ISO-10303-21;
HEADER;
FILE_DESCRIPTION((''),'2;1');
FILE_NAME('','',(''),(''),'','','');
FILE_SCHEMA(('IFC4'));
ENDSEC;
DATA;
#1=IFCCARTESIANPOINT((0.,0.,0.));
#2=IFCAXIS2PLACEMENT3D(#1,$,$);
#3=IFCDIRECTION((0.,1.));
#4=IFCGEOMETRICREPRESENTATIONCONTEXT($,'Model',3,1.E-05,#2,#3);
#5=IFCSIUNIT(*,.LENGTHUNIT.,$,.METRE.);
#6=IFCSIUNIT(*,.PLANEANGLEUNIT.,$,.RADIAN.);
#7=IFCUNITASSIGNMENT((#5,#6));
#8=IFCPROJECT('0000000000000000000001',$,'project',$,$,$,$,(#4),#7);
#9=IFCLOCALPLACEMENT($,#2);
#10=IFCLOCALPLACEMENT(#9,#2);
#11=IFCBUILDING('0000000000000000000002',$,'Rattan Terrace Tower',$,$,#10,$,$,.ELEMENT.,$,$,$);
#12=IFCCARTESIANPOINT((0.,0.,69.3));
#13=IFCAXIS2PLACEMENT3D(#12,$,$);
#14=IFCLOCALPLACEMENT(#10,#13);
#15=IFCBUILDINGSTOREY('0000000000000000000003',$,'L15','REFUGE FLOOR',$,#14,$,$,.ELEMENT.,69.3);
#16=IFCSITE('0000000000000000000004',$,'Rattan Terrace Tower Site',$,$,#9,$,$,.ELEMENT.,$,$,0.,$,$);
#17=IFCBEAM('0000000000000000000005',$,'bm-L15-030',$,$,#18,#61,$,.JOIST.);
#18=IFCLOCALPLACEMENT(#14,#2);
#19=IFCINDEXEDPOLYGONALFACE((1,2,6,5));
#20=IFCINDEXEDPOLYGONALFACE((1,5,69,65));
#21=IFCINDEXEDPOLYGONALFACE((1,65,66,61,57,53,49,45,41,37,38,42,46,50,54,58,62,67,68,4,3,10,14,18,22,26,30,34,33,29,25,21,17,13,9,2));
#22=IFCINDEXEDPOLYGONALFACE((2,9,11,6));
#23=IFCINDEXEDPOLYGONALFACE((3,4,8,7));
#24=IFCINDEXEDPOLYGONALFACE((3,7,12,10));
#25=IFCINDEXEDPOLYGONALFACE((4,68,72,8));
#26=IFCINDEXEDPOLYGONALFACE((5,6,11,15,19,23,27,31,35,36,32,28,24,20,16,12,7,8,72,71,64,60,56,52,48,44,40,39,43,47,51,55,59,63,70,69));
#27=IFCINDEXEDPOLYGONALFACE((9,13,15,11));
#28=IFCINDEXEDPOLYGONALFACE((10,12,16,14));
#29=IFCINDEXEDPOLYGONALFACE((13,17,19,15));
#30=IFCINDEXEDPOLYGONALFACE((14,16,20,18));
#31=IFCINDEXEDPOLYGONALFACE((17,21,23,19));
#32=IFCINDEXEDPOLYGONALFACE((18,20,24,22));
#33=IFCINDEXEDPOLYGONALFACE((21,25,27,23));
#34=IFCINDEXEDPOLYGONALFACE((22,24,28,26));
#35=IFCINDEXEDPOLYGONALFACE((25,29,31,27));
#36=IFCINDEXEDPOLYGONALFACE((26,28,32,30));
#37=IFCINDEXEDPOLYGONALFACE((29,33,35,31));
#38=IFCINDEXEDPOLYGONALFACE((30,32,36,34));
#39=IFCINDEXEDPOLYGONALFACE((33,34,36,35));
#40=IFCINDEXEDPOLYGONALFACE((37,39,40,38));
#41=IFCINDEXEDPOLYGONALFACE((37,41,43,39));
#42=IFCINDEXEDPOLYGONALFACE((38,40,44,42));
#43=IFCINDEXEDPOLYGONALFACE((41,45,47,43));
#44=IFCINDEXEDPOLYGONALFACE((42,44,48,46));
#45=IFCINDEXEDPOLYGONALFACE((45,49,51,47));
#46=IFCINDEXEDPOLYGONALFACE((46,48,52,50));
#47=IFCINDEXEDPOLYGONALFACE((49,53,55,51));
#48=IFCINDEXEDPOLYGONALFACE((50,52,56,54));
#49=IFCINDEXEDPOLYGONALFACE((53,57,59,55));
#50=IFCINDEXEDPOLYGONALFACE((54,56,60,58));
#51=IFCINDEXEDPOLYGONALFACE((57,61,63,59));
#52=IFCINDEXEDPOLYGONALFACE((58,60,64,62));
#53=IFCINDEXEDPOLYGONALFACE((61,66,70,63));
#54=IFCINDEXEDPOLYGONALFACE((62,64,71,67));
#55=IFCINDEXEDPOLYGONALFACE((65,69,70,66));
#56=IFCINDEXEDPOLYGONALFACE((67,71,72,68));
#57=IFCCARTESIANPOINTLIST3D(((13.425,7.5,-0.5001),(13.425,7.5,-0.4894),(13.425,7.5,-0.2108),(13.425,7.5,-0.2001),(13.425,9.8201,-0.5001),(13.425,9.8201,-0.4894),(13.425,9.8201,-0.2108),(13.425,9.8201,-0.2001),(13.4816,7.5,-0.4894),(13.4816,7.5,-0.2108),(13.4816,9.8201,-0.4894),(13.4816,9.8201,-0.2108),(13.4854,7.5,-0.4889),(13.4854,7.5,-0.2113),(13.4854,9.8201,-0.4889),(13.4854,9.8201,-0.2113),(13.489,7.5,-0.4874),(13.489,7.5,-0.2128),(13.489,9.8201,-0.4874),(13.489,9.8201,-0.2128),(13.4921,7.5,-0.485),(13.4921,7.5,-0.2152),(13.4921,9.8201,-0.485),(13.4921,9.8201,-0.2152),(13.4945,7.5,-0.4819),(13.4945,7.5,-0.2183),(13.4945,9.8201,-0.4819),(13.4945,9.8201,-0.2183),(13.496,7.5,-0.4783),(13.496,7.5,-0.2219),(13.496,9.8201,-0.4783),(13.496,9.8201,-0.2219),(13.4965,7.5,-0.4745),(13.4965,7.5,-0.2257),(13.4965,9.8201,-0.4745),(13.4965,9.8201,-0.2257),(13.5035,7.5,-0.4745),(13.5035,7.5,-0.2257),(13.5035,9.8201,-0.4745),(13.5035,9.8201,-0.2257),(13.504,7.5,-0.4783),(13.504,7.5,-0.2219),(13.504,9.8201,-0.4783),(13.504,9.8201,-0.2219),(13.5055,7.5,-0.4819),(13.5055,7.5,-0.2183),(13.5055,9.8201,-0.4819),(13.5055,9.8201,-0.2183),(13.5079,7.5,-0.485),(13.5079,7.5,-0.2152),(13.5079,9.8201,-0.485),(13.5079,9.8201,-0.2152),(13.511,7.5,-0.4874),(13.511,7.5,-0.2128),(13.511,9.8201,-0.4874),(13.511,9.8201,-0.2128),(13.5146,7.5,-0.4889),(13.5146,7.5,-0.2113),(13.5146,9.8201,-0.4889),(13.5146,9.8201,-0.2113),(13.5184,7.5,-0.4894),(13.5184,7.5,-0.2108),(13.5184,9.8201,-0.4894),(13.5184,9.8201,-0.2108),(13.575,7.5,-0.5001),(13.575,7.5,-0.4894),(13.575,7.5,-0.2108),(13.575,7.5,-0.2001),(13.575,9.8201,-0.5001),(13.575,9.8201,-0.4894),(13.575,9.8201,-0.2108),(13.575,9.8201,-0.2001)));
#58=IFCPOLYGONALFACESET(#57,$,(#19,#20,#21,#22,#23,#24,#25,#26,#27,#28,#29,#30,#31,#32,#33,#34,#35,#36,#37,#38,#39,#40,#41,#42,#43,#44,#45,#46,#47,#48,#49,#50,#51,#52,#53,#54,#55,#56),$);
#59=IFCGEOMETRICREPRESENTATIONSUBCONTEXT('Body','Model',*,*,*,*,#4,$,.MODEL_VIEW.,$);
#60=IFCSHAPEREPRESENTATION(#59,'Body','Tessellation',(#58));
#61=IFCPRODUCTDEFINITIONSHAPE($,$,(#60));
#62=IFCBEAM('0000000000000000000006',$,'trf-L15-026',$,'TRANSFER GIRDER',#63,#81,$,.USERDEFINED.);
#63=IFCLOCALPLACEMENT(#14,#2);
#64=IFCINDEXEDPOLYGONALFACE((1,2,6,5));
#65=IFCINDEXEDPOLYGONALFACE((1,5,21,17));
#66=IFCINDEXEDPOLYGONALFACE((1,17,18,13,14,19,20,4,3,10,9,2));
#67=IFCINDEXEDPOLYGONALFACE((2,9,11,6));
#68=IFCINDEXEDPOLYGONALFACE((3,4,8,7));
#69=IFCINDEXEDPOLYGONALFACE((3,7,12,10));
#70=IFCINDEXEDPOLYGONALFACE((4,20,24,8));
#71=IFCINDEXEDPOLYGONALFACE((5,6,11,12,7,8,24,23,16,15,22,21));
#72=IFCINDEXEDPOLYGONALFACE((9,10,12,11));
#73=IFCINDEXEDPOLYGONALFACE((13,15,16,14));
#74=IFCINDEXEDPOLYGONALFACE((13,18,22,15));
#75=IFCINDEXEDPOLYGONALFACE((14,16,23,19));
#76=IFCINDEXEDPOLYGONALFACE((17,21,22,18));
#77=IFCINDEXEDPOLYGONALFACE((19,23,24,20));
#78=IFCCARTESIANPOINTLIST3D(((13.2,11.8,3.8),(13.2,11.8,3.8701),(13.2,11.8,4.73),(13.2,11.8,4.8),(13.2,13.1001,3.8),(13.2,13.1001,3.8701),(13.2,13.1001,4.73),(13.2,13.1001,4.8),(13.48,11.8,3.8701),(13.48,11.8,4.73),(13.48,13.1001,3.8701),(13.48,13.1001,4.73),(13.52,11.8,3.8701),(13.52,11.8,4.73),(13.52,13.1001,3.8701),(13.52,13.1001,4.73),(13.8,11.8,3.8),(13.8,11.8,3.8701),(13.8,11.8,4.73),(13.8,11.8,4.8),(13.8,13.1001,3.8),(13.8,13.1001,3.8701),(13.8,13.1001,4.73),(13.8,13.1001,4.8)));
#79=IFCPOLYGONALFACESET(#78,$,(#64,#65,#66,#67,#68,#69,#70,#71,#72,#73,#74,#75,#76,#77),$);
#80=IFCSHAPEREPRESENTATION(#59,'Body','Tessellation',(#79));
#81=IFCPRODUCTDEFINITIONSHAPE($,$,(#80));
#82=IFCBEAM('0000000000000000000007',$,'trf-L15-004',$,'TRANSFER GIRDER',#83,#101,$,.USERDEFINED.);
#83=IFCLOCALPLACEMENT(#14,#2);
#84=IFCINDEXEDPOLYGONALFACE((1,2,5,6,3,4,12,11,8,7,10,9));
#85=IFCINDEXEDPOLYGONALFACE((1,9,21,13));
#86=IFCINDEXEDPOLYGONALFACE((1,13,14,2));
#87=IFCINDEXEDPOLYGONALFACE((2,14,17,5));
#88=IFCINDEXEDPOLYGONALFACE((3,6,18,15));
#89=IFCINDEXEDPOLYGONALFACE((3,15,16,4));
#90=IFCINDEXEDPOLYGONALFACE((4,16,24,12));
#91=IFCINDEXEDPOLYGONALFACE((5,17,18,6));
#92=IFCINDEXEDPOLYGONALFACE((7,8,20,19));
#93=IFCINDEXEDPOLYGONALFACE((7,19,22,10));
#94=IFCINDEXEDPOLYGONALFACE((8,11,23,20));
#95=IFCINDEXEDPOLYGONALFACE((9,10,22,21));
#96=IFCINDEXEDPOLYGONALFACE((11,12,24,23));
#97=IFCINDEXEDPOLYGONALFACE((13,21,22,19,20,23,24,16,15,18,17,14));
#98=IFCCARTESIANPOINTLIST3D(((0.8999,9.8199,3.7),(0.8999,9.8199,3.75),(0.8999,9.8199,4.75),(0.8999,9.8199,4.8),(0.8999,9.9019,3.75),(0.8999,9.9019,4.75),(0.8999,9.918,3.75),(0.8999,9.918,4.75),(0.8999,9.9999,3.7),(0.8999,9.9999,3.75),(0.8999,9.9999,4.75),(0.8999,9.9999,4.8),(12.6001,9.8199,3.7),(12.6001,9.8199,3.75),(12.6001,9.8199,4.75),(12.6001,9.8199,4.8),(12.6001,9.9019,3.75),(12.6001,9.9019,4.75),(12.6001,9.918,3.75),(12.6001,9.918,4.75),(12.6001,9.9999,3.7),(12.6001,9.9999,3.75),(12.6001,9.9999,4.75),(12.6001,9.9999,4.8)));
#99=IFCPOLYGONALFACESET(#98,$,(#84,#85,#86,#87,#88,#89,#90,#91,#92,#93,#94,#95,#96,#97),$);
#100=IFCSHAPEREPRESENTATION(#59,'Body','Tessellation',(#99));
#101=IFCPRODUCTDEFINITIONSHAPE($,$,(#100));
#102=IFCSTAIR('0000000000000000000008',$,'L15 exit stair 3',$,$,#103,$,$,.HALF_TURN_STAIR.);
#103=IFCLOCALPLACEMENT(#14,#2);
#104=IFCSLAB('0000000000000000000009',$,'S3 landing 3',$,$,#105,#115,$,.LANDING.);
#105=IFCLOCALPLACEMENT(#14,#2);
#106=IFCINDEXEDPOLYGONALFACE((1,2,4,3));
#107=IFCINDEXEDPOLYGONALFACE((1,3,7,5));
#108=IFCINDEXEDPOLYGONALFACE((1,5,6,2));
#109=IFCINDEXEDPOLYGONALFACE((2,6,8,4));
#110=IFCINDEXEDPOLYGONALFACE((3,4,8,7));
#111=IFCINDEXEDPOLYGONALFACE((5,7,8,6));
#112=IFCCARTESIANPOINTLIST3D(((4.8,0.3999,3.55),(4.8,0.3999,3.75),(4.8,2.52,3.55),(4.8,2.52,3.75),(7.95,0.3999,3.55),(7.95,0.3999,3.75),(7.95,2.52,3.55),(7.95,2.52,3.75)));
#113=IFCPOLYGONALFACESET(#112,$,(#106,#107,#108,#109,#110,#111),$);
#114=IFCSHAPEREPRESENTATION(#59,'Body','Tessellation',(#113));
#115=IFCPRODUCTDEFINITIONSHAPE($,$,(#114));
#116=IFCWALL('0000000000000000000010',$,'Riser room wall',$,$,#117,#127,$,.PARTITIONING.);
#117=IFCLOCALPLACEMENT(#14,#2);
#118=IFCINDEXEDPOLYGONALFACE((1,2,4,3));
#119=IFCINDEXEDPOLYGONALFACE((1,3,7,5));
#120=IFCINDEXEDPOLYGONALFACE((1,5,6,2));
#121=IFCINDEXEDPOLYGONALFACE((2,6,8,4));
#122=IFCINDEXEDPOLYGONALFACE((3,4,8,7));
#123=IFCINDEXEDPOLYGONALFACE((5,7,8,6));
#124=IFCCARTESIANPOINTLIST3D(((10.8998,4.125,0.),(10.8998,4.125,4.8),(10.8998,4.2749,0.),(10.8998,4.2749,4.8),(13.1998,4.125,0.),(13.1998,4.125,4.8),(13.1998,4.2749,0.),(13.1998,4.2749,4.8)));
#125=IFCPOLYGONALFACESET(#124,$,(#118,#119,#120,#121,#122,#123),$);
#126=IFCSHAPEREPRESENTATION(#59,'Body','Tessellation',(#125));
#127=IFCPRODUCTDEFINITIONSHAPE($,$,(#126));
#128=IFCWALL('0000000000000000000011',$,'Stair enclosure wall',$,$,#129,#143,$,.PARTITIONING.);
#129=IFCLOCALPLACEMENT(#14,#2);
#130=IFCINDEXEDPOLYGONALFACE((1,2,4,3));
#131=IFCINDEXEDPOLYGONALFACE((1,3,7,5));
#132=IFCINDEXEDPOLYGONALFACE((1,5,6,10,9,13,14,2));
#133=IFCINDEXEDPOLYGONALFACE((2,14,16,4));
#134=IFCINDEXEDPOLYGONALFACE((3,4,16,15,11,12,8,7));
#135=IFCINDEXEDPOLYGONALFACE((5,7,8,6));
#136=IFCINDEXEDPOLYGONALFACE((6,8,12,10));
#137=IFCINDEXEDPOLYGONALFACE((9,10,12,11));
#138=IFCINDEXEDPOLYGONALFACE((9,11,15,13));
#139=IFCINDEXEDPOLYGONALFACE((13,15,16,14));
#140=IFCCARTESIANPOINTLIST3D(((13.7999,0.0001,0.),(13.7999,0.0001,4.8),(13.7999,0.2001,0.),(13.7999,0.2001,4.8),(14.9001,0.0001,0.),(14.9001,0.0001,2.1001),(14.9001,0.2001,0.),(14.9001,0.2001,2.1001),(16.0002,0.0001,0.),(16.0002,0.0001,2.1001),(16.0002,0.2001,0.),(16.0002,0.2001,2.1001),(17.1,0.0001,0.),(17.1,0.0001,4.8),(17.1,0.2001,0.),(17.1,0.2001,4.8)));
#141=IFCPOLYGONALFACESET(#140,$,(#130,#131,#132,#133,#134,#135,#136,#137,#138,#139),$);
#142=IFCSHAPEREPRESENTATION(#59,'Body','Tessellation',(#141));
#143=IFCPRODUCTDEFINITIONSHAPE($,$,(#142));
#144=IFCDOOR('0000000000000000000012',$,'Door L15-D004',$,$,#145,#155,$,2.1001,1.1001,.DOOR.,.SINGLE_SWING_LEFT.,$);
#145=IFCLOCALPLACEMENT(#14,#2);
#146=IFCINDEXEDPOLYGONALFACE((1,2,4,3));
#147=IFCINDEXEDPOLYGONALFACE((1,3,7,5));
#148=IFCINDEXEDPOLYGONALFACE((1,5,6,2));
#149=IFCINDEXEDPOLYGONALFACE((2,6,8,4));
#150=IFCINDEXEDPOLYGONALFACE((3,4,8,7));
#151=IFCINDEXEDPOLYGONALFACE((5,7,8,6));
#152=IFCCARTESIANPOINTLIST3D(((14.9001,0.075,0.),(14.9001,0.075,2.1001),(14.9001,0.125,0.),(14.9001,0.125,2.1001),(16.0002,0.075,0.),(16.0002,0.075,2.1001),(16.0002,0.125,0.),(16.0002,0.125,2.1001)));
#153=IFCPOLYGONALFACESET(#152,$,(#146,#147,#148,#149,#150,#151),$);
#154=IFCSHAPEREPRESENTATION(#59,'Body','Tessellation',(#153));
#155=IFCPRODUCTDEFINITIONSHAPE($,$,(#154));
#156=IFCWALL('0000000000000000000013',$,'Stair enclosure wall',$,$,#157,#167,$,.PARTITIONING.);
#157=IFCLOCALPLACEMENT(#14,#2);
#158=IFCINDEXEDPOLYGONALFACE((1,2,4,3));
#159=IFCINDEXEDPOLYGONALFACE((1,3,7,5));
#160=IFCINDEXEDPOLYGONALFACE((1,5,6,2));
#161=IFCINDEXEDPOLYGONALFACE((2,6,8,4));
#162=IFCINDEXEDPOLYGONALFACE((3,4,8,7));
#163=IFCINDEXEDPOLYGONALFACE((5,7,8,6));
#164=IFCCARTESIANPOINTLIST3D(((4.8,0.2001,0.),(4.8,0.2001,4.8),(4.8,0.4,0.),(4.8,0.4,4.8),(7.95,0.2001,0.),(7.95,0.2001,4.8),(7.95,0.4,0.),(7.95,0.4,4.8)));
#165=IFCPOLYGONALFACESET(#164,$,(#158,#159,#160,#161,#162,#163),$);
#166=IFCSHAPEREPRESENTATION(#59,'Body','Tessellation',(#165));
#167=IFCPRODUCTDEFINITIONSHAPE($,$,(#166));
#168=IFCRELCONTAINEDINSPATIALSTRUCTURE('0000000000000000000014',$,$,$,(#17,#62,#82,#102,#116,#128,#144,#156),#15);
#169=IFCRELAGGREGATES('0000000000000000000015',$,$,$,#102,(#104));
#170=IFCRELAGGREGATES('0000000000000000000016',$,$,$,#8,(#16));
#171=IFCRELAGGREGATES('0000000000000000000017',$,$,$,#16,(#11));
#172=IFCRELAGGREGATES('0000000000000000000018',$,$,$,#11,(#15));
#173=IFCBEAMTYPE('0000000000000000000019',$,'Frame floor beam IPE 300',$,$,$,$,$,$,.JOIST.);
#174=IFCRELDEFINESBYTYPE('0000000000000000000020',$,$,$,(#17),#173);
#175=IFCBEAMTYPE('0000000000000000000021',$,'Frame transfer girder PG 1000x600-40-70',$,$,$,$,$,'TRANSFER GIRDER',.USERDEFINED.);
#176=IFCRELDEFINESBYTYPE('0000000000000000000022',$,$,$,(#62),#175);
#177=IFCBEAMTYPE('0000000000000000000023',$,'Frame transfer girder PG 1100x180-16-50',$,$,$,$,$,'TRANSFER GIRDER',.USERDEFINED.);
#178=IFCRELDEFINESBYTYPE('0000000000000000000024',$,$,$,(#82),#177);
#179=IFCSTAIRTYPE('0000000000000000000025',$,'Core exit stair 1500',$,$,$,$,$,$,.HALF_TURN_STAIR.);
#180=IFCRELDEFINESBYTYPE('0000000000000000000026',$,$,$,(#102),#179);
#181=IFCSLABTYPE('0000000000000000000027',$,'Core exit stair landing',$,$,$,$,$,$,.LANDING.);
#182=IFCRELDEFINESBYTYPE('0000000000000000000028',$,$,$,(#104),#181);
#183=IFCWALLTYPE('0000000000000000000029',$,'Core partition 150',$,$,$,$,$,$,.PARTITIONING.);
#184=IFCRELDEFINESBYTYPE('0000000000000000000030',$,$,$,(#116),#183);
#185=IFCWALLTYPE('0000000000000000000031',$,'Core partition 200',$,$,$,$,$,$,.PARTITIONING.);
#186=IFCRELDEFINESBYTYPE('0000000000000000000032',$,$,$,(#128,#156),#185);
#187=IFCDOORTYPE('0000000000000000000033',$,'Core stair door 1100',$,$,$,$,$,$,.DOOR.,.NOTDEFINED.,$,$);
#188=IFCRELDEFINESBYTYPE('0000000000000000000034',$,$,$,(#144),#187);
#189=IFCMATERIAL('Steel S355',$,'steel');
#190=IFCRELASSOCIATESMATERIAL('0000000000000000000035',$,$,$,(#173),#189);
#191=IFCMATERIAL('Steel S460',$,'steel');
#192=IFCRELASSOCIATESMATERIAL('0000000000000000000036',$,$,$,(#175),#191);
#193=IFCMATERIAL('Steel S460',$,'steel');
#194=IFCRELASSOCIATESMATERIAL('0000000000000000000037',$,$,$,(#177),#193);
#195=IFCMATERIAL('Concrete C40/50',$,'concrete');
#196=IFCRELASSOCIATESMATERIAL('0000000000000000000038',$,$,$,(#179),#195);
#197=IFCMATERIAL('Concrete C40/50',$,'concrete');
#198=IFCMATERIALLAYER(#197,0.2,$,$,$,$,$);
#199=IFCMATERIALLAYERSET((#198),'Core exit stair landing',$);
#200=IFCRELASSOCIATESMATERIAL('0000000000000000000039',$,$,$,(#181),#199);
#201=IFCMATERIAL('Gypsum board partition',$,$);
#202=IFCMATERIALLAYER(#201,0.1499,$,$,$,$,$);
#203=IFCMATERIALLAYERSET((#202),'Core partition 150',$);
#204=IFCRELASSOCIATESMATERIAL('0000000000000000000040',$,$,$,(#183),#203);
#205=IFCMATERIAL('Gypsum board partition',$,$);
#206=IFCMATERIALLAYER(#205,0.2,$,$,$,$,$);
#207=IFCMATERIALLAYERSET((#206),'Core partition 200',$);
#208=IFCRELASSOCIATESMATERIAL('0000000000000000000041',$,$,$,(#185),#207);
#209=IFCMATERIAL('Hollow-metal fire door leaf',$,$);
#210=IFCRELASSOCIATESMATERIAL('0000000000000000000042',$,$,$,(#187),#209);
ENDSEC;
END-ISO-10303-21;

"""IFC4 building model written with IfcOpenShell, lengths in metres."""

from ifc_helpers import new_model, si_unit, direction, frame, frame_2d, origin, origin_2d, place, context, subcontext, project, spatial, polyline, rectangle, i_section, outline, extrude, material, layer, layer_set, material_profile, profile_set, type_object, element, fill, aggregate, save


model = new_model("IFC4")

# Units and contexts
model_context = context("Model", 3, precision=1e-05, world=origin(), true_north=direction((0.0, 1.0)))
body_context = subcontext(model_context, "Body", "Model", "MODEL_VIEW")
ifc_project = project(units=[si_unit("LENGTHUNIT", "METRE"), si_unit("PLANEANGLEUNIT", "RADIAN")], contexts=[model_context])

# Site, building, storey
site_placement = place(None, origin())
site = spatial("IfcSite", under=ifc_project, at=site_placement, Name="Rattan Terrace Tower Site", CompositionType="ELEMENT", RefElevation=0.0)
building_placement = place(site_placement, origin())
building = spatial("IfcBuilding", under=site, at=building_placement, Name="Rattan Terrace Tower", CompositionType="ELEMENT")
storey_placement = place(building_placement, frame((0.0, 0.0, 69.3)))
storey = spatial("IfcBuildingStorey", under=building, at=storey_placement, Name="L15", Description="REFUGE FLOOR", CompositionType="ELEMENT", Elevation=69.3)

# Beams
ifc_material_1 = material(Name="Steel S355", Category="steel")
ifc_material_profile_1 = material_profile(ifc_material_1, i_section(OverallWidth=0.1499, OverallDepth=0.3, WebThickness=0.0071, FlangeThickness=0.0107, FilletRadius=0.0149, at=origin_2d()), Name="IPE 300")
ifc_profile_set_1 = profile_set([ifc_material_profile_1], Name="Steel S355")
beam_type_1 = type_object("IfcBeamType", Name="Frame floor beam IPE 300", PredefinedType="JOIST", material=ifc_profile_set_1)
for number, where, z_axis, x_axis, name in (
    (1, (13.5, 7.5, -0.3501), (0.0, 1.0, 0.0), (-1.0, 0.0, 0.0), "bm-L15-030"),
):
    element("IfcBeam", number, at=place(storey_placement, frame(where, z_axis=z_axis, x_axis=x_axis)), inside=storey, type_object=beam_type_1, Name=name, PredefinedType="JOIST", context=body_context, shape_type="SweptSolid", body=[
        extrude(i_section(OverallWidth=0.1499, OverallDepth=0.3, WebThickness=0.0071, FlangeThickness=0.0107, FilletRadius=0.0149, at=origin_2d()), origin(), (0.0, 0.0, 1.0), 2.3201),
    ])
ifc_material_2 = material(Name="Steel S460", Category="steel")
ifc_material_profile_2 = material_profile(ifc_material_2, i_section(OverallWidth=0.6001, OverallDepth=1.0, WebThickness=0.04, FlangeThickness=0.0701, at=origin_2d()), Name="PG 1000x600-40-70")
ifc_profile_set_2 = profile_set([ifc_material_profile_2], Name="Steel S460")
beam_type_2 = type_object("IfcBeamType", Name="Frame transfer girder PG 1000x600-40-70", ElementType="TRANSFER GIRDER", PredefinedType="USERDEFINED", material=ifc_profile_set_2)
beam_1_placement = place(storey_placement, frame((13.5, 11.8, 4.3), z_axis=(0.0, 1.0, 0.0), x_axis=(-1.0, 0.0, 0.0)))
element("IfcBeam", 2, at=beam_1_placement, inside=storey, type_object=beam_type_2, Name="trf-L15-026", ObjectType="TRANSFER GIRDER", PredefinedType="USERDEFINED", context=body_context, shape_type="SweptSolid", body=[
    extrude(i_section(OverallWidth=0.6001, OverallDepth=1.0, WebThickness=0.04, FlangeThickness=0.0701, at=origin_2d()), origin(), (0.0, 0.0, 1.0), 1.3),
])
ifc_material_3 = material(Name="Steel S460", Category="steel")
ifc_material_profile_3 = material_profile(ifc_material_3, i_section(OverallWidth=0.1799, OverallDepth=1.1001, WebThickness=0.0161, FlangeThickness=0.05, at=origin_2d()), Name="PG 1100x180-16-50")
ifc_profile_set_3 = profile_set([ifc_material_profile_3], Name="Steel S460")
beam_type_3 = type_object("IfcBeamType", Name="Frame transfer girder PG 1100x180-16-50", ElementType="TRANSFER GIRDER", PredefinedType="USERDEFINED", material=ifc_profile_set_3)
beam_2_placement = place(storey_placement, frame((12.6001, 9.9099, 4.25), z_axis=(-1.0, 0.0, 0.0), x_axis=(0.0, -1.0, 0.0)))
element("IfcBeam", 3, at=beam_2_placement, inside=storey, type_object=beam_type_3, Name="trf-L15-004", ObjectType="TRANSFER GIRDER", PredefinedType="USERDEFINED", context=body_context, shape_type="SweptSolid", body=[
    extrude(i_section(OverallWidth=0.1799, OverallDepth=1.1001, WebThickness=0.0161, FlangeThickness=0.05, at=origin_2d()), origin(), (0.0, 0.0, 1.0), 11.7002),
])

# Stair, slab
ifc_material_4 = material(Name="Concrete C40/50", Category="concrete")
stair_type = type_object("IfcStairType", Name="Core exit stair 1500", PredefinedType="HALF_TURN_STAIR", material=ifc_material_4)
stair_placement = place(storey_placement, origin())
stair = element("IfcStair", 4, at=stair_placement, inside=storey, type_object=stair_type, Name="L15 exit stair 3", PredefinedType="HALF_TURN_STAIR")
ifc_material_5 = material(Name="Concrete C40/50", Category="concrete")
ifc_layer_1 = layer(ifc_material_5, 0.2)
ifc_layer_set_1 = layer_set([ifc_layer_1], Name="Core exit stair landing")
slab_type = type_object("IfcSlabType", Name="Core exit stair landing", PredefinedType="LANDING", material=ifc_layer_set_1)
slab_placement = place(storey_placement, frame((0.0, 0.0, 3.55)))
slab = element("IfcSlab", 5, at=slab_placement, type_object=slab_type, Name="S3 landing 3", PredefinedType="LANDING", context=body_context, shape_type="SweptSolid", body=[
    extrude(outline(polyline([(4.8, 2.52), (4.8, 0.3999), (7.95, 0.3999), (7.95, 2.52), (4.8, 2.52)])), origin(), (0.0, 0.0, 1.0), 0.2),
])

# Wall
ifc_material_6 = material(Name="Gypsum board partition")
ifc_layer_2 = layer(ifc_material_6, 0.1499)
ifc_layer_set_2 = layer_set([ifc_layer_2], Name="Core partition 150")
wall_type_1 = type_object("IfcWallType", Name="Core partition 150", PredefinedType="PARTITIONING", material=ifc_layer_set_2)
wall_1_placement = place(storey_placement, frame((10.8999, 4.2, 0.0), z_axis=(0.0, 0.0, 1.0), x_axis=(1.0, 0.0, 0.0)))
element("IfcWall", 6, at=wall_1_placement, inside=storey, type_object=wall_type_1, Name="Riser room wall", PredefinedType="PARTITIONING", context=body_context, shape_type="SweptSolid", body=[
    extrude(rectangle(XDim=2.3, YDim=0.1499, at=frame_2d((1.1499, 0.0))), origin(), (0.0, 0.0, 1.0), 4.8),
])

# Wall, opening, door
ifc_material_7 = material(Name="Gypsum board partition")
ifc_layer_3 = layer(ifc_material_7, 0.2)
ifc_layer_set_3 = layer_set([ifc_layer_3], Name="Core partition 200")
wall_type_2 = type_object("IfcWallType", Name="Core partition 200", PredefinedType="PARTITIONING", material=ifc_layer_set_3)
wall_2_placement = place(storey_placement, frame((13.8, 0.1001, 0.0), z_axis=(0.0, 0.0, 1.0), x_axis=(1.0, 0.0, 0.0)))
wall_2 = element("IfcWall", 7, at=wall_2_placement, inside=storey, type_object=wall_type_2, Name="Stair enclosure wall", PredefinedType="PARTITIONING", context=body_context, shape_type="SweptSolid", body=[
    extrude(rectangle(XDim=3.3, YDim=0.2, at=frame_2d((1.6499, 0.0))), origin(), (0.0, 0.0, 1.0), 4.8),
])
opening_placement = place(wall_2_placement, frame((1.1001, 0.0, 0.0)))
opening = element("IfcOpeningElement", 8, at=opening_placement, cuts=wall_2, PredefinedType="OPENING", context=body_context, shape_type="SweptSolid", body=[
    extrude(rectangle(XDim=1.1001, YDim=2.1001, at=frame_2d((0.55, 1.05))), frame((0.0, 0.1106, 0.0), z_axis=(0.0, -1.0, 0.0), x_axis=(1.0, 0.0, 0.0)), (0.0, 0.0, 1.0), 0.2209),
])
ifc_material_8 = material(Name="Hollow-metal fire door leaf")
door_type = type_object("IfcDoorType", Name="Core stair door 1100", OperationType="NOTDEFINED", PredefinedType="DOOR", material=ifc_material_8)
door_placement = place(opening_placement, origin())
door = element("IfcDoor", 9, at=door_placement, inside=storey, type_object=door_type, Name="Door L15-D004", OperationType="SINGLE_SWING_LEFT", OverallHeight=2.1001, OverallWidth=1.1001, PredefinedType="DOOR", context=body_context, shape_type="SweptSolid", body=[
    extrude(rectangle(XDim=1.1001, YDim=2.1001, at=frame_2d((0.55, 1.05))), frame((0.0, 0.0249, 0.0), z_axis=(0.0, -1.0, 0.0), x_axis=(1.0, 0.0, 0.0)), (0.0, 0.0, 1.0), 0.05),
])
fill(opening, door)

# Wall
wall_3_placement = place(storey_placement, frame((4.8, 0.3, 0.0), z_axis=(0.0, 0.0, 1.0), x_axis=(1.0, 0.0, 0.0)))
element("IfcWall", 10, at=wall_3_placement, inside=storey, type_object=wall_type_2, Name="Stair enclosure wall", PredefinedType="PARTITIONING", context=body_context, shape_type="SweptSolid", body=[
    extrude(rectangle(XDim=3.1499, YDim=0.2, at=frame_2d((1.575, 0.0))), origin(), (0.0, 0.0, 1.0), 4.8),
])

aggregate(stair, [slab])

save(model, "model.ifc")
